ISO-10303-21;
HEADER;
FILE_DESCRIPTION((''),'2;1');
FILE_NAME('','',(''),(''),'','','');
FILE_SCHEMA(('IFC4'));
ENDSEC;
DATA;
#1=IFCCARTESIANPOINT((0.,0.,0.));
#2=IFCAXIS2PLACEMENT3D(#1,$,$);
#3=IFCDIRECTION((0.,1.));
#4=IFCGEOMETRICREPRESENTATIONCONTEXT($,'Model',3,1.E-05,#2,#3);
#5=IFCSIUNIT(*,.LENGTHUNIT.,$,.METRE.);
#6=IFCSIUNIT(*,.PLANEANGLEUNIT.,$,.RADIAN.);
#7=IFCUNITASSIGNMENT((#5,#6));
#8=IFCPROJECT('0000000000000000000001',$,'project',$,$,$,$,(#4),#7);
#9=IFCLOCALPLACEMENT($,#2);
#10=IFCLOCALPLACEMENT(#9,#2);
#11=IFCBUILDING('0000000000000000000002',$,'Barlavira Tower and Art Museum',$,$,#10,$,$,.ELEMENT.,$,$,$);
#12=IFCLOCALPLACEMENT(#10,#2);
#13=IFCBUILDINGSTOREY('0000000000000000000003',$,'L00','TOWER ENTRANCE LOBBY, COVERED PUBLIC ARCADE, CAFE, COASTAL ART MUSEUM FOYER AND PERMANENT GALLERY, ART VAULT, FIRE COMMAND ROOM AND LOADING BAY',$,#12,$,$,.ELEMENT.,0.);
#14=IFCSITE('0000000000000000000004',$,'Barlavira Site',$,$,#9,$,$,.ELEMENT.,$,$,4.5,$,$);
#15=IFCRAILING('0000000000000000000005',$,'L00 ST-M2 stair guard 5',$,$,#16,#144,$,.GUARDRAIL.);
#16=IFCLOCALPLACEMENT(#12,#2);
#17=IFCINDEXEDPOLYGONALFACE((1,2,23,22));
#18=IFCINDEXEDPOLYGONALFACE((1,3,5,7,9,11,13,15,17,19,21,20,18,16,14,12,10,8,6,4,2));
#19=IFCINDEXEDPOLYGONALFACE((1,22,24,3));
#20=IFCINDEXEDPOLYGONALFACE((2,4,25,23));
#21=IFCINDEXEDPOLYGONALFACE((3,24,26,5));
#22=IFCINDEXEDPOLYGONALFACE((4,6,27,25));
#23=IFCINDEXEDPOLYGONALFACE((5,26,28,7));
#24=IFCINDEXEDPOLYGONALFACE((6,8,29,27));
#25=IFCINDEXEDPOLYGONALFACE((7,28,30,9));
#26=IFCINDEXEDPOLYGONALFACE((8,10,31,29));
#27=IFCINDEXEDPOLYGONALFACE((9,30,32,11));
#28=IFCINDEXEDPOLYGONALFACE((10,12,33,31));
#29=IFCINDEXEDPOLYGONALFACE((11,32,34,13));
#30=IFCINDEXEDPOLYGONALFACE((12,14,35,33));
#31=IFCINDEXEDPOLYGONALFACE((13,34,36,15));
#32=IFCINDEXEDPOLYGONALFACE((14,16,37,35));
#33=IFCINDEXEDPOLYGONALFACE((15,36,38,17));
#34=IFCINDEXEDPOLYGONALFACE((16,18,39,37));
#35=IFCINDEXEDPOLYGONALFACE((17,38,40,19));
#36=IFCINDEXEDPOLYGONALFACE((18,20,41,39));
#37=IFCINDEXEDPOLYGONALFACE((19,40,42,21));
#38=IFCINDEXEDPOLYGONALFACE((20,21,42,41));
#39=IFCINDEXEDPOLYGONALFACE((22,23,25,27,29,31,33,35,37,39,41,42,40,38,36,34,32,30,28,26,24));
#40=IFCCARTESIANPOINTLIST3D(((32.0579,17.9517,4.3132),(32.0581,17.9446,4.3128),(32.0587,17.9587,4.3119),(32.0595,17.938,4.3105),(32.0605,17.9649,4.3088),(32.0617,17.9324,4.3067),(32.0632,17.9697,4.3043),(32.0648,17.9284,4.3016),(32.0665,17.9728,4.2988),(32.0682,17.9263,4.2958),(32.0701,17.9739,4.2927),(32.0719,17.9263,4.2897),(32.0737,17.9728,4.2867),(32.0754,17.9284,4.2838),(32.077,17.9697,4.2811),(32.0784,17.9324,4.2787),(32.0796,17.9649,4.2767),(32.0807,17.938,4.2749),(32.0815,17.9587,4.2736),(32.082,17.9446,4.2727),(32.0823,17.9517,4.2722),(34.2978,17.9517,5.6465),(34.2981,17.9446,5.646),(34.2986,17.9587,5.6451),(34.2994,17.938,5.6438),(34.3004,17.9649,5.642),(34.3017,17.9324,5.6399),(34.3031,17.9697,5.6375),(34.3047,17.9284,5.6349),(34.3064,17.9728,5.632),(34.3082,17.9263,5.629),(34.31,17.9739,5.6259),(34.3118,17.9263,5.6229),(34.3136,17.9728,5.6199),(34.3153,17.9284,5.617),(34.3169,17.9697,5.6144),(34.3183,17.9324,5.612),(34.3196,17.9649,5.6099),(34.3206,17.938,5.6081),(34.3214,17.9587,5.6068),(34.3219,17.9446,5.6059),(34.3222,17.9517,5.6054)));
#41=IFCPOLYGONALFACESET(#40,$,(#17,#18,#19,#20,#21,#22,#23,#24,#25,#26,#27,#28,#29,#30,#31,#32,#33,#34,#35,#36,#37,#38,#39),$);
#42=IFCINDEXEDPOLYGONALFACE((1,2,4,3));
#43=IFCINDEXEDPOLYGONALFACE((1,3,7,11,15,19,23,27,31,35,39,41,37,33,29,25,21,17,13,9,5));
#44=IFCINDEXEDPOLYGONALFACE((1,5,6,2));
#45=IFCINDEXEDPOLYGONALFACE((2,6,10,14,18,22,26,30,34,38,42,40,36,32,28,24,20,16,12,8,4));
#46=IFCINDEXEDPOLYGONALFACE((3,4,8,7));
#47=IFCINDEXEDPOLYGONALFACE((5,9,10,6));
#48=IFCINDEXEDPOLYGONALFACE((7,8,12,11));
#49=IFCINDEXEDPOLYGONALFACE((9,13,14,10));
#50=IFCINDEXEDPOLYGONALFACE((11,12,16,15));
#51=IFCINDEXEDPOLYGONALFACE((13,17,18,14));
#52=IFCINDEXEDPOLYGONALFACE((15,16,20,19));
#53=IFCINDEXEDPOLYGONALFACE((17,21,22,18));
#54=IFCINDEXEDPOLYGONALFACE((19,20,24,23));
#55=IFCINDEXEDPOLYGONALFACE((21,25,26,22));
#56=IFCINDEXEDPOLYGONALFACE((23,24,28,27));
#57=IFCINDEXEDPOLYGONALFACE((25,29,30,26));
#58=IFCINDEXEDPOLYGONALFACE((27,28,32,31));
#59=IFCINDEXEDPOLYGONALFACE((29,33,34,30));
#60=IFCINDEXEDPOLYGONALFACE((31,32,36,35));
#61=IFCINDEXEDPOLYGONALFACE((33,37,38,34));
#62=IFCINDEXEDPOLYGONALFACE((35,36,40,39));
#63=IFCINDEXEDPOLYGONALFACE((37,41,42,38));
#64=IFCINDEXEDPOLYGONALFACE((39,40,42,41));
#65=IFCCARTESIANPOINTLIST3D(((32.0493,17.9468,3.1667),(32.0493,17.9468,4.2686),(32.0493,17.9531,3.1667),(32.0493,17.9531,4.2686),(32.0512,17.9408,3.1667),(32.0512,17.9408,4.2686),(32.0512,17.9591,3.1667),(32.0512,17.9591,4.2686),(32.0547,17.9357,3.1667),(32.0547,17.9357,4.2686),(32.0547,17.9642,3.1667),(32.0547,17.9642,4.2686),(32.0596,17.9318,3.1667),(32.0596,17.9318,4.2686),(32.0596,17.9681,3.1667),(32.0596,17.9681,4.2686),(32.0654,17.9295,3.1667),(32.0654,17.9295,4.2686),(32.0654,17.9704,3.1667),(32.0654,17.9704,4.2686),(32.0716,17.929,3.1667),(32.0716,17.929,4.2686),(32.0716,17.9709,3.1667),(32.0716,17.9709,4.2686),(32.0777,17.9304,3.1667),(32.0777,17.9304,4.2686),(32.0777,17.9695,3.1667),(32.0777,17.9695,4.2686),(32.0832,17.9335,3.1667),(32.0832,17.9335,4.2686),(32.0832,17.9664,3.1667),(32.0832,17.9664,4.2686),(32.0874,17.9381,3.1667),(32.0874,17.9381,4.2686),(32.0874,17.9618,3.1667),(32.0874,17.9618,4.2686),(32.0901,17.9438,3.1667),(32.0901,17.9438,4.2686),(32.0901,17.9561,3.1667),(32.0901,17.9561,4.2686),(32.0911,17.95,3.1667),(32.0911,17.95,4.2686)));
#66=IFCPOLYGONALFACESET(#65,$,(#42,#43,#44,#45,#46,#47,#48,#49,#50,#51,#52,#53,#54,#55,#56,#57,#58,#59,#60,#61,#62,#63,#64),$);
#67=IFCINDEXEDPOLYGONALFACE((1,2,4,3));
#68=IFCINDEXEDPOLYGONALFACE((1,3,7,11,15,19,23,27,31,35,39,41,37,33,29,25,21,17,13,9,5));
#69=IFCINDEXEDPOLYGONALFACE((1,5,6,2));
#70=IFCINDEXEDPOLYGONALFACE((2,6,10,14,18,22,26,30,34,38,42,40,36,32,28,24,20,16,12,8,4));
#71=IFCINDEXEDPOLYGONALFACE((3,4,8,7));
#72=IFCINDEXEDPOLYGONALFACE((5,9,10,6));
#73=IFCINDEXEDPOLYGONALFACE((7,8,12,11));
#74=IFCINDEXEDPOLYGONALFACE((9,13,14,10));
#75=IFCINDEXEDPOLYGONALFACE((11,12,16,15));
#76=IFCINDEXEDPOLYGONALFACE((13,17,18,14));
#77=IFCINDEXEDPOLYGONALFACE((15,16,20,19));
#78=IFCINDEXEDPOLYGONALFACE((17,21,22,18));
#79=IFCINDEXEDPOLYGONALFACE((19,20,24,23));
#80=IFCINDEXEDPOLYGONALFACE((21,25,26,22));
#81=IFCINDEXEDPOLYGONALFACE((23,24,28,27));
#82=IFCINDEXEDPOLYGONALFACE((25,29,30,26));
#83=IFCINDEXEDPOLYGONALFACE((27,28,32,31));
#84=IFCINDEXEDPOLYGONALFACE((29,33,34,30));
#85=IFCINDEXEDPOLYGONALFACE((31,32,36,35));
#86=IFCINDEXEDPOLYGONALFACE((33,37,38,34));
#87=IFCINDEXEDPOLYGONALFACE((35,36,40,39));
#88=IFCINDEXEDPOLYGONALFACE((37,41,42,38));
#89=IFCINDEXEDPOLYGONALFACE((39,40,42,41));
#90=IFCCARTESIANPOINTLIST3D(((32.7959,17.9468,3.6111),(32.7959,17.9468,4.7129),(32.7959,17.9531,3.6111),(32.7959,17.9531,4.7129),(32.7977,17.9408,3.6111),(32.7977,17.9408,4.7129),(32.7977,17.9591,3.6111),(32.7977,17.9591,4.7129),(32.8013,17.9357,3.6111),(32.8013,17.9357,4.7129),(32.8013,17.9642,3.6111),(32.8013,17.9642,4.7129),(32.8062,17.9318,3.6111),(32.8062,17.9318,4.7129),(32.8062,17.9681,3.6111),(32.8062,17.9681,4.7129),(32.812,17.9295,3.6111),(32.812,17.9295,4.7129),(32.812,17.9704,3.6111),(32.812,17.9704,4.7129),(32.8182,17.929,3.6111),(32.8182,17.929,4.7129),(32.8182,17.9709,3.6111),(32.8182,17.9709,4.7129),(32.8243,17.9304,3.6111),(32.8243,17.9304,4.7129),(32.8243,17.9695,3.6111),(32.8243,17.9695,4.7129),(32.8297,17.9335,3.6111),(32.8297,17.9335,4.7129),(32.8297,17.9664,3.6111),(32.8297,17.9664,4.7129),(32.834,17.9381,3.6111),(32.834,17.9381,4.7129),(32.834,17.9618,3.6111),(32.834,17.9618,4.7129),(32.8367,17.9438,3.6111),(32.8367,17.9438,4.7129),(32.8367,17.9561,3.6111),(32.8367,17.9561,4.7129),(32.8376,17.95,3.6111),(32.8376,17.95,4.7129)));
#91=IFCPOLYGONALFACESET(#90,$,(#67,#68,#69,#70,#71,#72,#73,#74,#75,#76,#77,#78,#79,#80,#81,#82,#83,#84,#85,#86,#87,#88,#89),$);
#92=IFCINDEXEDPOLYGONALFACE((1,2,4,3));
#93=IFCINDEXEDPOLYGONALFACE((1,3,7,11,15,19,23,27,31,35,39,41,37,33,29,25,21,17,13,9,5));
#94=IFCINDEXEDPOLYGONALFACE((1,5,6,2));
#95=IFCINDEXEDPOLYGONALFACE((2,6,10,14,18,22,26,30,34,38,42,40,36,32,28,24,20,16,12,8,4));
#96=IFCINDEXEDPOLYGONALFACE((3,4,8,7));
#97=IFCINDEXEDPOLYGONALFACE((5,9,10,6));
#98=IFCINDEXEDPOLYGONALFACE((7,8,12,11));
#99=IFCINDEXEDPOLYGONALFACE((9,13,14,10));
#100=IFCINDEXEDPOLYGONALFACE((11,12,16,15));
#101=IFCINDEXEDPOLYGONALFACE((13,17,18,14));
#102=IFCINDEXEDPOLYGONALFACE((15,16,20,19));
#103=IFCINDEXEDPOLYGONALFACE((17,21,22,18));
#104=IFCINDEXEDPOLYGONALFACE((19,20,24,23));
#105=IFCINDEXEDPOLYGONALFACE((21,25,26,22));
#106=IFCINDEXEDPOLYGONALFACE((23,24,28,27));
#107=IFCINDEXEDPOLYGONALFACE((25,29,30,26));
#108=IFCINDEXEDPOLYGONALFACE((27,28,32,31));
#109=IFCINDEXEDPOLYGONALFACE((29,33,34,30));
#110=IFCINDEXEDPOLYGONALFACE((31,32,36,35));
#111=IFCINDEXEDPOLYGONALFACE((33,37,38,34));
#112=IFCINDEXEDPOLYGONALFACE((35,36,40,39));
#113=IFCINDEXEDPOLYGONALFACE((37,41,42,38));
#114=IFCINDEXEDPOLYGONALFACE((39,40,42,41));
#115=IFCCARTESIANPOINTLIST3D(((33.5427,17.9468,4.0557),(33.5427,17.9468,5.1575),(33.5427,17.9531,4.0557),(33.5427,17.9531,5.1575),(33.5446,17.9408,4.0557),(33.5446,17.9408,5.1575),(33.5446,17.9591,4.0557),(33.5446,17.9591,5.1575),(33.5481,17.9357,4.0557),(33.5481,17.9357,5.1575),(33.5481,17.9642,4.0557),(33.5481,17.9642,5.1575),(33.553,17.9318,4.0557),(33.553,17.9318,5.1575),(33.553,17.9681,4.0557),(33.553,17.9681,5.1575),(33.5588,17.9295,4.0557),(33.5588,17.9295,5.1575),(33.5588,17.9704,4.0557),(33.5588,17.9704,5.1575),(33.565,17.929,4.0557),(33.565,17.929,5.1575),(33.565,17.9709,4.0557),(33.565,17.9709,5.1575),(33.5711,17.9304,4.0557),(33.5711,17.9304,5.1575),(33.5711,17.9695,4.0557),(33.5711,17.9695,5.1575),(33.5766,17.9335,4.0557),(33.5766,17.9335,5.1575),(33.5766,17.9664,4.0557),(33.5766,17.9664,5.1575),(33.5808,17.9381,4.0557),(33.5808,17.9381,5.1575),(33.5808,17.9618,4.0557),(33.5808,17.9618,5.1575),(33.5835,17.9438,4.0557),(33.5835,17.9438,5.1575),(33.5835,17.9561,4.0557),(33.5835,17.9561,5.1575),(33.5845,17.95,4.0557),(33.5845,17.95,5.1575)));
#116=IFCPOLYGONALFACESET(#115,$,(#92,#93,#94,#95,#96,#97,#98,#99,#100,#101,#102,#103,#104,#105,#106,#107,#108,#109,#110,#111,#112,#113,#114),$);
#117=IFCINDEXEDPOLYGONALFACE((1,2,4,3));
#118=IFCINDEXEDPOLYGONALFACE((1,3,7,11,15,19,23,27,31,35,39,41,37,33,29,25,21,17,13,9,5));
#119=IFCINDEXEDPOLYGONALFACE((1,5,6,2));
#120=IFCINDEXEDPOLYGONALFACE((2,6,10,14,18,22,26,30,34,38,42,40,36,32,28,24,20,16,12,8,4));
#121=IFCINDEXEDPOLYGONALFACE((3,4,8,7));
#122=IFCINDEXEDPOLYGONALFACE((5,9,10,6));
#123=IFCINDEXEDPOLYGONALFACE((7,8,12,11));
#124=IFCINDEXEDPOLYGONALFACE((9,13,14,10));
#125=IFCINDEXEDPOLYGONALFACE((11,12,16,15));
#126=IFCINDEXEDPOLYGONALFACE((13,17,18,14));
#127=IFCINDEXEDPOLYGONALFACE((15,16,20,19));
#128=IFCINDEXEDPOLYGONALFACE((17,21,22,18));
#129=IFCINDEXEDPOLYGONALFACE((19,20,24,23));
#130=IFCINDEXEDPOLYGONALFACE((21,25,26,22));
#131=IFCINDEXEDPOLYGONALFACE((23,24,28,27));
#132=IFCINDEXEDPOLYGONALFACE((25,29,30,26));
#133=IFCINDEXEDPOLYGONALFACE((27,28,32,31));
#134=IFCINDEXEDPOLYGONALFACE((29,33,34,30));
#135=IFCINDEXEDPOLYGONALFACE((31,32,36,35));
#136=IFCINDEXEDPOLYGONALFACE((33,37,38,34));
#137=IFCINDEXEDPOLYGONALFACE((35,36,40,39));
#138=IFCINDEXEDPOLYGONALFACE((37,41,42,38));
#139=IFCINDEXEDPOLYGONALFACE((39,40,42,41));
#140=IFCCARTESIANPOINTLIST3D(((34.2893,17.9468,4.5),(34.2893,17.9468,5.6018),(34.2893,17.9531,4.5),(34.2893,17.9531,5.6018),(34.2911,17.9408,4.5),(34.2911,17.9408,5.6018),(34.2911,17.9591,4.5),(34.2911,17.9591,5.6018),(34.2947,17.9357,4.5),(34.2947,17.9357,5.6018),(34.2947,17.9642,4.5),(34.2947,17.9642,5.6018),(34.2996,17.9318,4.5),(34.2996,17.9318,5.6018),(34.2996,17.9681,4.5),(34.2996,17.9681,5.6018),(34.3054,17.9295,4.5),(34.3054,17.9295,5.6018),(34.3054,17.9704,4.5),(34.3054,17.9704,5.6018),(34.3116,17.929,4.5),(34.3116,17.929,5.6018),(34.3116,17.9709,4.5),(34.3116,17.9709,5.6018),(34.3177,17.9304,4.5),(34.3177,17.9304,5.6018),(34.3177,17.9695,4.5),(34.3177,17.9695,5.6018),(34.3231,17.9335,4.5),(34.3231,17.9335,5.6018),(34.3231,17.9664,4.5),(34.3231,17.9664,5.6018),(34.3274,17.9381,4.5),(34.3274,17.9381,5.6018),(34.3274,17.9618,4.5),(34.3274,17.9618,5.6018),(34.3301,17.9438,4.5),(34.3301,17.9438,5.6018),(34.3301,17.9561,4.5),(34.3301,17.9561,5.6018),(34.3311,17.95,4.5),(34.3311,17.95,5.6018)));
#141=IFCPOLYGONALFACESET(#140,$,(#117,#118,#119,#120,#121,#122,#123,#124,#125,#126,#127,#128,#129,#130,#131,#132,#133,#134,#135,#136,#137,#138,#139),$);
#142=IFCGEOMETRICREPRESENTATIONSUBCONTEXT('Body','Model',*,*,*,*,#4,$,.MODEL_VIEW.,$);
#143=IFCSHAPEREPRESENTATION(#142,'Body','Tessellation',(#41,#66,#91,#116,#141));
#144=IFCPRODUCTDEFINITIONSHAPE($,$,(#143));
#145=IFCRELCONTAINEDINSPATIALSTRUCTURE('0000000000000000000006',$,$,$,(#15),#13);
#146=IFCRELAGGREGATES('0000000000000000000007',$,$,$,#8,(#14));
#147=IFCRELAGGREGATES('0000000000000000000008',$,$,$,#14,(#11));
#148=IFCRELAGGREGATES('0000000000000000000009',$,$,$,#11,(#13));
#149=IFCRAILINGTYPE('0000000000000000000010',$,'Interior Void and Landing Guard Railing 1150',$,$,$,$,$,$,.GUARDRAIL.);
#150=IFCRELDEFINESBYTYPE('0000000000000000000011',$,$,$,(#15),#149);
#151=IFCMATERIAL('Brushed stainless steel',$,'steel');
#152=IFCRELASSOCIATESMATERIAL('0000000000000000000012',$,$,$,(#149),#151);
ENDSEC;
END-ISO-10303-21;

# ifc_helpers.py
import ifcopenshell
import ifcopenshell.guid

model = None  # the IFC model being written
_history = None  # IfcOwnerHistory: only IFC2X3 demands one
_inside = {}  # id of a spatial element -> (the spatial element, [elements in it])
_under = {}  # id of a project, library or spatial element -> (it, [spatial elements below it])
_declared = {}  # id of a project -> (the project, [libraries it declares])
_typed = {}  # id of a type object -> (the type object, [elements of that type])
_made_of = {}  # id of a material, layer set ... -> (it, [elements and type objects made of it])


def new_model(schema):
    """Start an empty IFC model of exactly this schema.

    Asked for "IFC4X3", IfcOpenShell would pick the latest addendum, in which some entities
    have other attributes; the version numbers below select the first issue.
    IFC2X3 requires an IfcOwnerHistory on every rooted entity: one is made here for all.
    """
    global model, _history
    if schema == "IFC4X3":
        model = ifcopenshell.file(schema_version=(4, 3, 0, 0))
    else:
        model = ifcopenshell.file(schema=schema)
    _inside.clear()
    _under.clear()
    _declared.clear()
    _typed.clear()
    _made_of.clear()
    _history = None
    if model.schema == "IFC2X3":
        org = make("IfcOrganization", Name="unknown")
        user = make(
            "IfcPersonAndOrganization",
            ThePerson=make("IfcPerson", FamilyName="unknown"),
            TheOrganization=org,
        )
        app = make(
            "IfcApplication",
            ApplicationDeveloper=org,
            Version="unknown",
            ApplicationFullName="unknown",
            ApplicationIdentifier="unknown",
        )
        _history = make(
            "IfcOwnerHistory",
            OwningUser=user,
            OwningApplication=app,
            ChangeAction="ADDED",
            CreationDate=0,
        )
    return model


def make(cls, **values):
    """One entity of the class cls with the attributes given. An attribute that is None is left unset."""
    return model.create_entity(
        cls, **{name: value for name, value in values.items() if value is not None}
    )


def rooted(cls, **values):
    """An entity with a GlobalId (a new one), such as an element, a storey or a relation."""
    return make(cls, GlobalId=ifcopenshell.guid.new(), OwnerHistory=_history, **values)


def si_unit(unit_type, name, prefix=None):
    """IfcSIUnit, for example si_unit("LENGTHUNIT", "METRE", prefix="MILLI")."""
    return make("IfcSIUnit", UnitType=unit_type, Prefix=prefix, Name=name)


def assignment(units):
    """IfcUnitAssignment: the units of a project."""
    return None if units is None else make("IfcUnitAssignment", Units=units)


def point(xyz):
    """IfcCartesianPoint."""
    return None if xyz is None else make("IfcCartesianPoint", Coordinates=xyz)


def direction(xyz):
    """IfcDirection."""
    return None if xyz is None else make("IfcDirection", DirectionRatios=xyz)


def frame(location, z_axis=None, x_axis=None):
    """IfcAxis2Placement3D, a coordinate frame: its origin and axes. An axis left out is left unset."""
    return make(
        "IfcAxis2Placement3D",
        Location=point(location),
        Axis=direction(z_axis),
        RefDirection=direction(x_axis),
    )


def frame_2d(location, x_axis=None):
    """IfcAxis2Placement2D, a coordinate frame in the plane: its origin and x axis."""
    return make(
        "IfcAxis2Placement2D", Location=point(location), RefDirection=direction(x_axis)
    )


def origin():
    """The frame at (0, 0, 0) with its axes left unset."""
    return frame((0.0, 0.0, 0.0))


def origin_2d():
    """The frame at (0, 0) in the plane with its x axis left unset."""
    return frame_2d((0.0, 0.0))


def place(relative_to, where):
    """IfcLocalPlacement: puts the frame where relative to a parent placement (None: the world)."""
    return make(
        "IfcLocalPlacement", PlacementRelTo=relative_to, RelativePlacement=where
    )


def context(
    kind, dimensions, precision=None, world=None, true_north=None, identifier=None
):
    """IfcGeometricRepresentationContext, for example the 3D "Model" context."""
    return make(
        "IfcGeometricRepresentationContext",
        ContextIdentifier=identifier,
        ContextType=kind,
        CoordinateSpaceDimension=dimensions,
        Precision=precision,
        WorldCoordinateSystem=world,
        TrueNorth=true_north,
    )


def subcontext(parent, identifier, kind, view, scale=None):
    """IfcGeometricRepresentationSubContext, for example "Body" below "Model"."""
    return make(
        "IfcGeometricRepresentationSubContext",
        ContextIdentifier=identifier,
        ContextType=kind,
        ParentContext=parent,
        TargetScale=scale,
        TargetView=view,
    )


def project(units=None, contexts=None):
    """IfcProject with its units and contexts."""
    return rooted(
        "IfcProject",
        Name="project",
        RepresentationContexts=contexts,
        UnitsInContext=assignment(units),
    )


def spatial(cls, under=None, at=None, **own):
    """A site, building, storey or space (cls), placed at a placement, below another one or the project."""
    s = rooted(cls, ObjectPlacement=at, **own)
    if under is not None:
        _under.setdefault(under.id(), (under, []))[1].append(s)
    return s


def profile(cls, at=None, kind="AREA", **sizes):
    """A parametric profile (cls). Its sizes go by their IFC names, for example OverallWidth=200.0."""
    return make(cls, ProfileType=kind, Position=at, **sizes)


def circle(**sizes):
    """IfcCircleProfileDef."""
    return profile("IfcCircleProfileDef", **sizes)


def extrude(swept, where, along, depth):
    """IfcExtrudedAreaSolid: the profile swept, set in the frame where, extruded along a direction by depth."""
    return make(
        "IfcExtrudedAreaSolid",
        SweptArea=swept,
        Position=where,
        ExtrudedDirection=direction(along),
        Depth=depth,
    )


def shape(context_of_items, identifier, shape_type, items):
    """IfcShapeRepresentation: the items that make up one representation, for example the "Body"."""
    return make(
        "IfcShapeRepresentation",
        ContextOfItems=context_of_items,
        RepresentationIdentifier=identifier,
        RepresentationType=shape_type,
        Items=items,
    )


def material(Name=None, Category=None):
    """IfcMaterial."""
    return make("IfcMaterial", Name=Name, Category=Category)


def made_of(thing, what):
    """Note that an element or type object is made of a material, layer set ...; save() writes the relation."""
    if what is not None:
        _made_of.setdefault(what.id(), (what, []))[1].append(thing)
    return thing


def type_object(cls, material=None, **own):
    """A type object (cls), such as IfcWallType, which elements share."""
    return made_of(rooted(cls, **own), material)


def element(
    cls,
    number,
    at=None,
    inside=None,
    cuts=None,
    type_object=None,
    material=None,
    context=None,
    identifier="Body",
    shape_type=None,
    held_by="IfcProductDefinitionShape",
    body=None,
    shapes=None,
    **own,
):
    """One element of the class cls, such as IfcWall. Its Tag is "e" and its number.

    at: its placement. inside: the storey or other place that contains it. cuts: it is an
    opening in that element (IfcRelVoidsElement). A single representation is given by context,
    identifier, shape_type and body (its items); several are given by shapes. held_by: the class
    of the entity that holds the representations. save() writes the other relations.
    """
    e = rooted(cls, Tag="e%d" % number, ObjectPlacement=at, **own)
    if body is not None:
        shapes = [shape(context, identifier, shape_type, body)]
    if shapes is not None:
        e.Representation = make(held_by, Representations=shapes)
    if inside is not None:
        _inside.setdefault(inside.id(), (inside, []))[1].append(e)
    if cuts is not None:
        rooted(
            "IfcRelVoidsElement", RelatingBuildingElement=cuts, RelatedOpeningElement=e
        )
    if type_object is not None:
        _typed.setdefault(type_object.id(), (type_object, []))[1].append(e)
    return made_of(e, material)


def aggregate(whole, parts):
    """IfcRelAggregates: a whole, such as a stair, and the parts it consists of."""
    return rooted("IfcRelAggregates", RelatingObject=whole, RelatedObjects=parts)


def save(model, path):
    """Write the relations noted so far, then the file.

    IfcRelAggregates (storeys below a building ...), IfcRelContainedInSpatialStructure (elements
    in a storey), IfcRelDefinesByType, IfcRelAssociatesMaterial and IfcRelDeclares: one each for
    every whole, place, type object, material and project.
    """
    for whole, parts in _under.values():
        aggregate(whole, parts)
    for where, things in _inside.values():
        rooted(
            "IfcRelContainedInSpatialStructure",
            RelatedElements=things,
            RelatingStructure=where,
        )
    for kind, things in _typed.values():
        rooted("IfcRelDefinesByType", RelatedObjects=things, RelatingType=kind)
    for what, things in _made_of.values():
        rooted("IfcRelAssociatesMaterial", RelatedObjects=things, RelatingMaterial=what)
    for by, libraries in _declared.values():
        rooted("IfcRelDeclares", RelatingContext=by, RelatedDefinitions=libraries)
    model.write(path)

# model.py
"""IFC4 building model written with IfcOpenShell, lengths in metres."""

from ifc_helpers import new_model, si_unit, direction, frame, origin, origin_2d, place, context, subcontext, project, spatial, circle, extrude, material, type_object, element, save


model = new_model("IFC4")

# Units and contexts
model_context = context("Model", 3, precision=1e-05, world=origin(), true_north=direction((0.0, 1.0)))
body_context = subcontext(model_context, "Body", "Model", "MODEL_VIEW")
ifc_project = project(units=[si_unit("LENGTHUNIT", "METRE"), si_unit("PLANEANGLEUNIT", "RADIAN")], contexts=[model_context])

# Site, building, storey
site_placement = place(None, origin())
site = spatial("IfcSite", under=ifc_project, at=site_placement, Name="Barlavira Site", CompositionType="ELEMENT", RefElevation=4.5)
building_placement = place(site_placement, origin())
building = spatial("IfcBuilding", under=site, at=building_placement, Name="Barlavira Tower and Art Museum", CompositionType="ELEMENT")
storey_placement = place(building_placement, origin())
storey = spatial("IfcBuildingStorey", under=building, at=storey_placement, Name="L00", Description="TOWER ENTRANCE LOBBY, COVERED PUBLIC ARCADE, CAFE, COASTAL ART MUSEUM FOYER AND PERMANENT GALLERY, ART VAULT, FIRE COMMAND ROOM AND LOADING BAY", CompositionType="ELEMENT", Elevation=0.0)

# Shared definitions
ifc_material_1 = material(Name="Brushed stainless steel", Category="steel")

# Railing
railing_type_1 = type_object("IfcRailingType", Name="Interior Void and Landing Guard Railing 1150", PredefinedType="GUARDRAIL", material=ifc_material_1)
railing_1_placement = place(storey_placement, frame((32.0701, 17.95, 3.1667)))
element("IfcRailing", 1, at=railing_1_placement, inside=storey, type_object=railing_type_1, Name="L00 ST-M2 stair guard 5", PredefinedType="GUARDRAIL", context=body_context, shape_type="SweptSolid", body=[
    extrude(circle(Radius=0.0239, at=origin_2d()), frame((0.0, 0.0, 1.126), z_axis=(0.859306, 0.0, 0.511462), x_axis=(0.0, 1.0, 0.0)), (0.0, 0.0, 1.0), 2.6067),
    extrude(circle(Radius=0.021, at=origin_2d()), origin(), (0.0, 0.0, 1.0), 1.1018),
    extrude(circle(Radius=0.021, at=origin_2d()), frame((0.7466, 0.0, 0.4443)), (0.0, 0.0, 1.0), 1.1018),
    extrude(circle(Radius=0.021, at=origin_2d()), frame((1.4934, 0.0, 0.8889)), (0.0, 0.0, 1.0), 1.1018),
    extrude(circle(Radius=0.021, at=origin_2d()), frame((2.24, 0.0, 1.3333)), (0.0, 0.0, 1.0), 1.1018),
])

save(model, "model.ifc")
